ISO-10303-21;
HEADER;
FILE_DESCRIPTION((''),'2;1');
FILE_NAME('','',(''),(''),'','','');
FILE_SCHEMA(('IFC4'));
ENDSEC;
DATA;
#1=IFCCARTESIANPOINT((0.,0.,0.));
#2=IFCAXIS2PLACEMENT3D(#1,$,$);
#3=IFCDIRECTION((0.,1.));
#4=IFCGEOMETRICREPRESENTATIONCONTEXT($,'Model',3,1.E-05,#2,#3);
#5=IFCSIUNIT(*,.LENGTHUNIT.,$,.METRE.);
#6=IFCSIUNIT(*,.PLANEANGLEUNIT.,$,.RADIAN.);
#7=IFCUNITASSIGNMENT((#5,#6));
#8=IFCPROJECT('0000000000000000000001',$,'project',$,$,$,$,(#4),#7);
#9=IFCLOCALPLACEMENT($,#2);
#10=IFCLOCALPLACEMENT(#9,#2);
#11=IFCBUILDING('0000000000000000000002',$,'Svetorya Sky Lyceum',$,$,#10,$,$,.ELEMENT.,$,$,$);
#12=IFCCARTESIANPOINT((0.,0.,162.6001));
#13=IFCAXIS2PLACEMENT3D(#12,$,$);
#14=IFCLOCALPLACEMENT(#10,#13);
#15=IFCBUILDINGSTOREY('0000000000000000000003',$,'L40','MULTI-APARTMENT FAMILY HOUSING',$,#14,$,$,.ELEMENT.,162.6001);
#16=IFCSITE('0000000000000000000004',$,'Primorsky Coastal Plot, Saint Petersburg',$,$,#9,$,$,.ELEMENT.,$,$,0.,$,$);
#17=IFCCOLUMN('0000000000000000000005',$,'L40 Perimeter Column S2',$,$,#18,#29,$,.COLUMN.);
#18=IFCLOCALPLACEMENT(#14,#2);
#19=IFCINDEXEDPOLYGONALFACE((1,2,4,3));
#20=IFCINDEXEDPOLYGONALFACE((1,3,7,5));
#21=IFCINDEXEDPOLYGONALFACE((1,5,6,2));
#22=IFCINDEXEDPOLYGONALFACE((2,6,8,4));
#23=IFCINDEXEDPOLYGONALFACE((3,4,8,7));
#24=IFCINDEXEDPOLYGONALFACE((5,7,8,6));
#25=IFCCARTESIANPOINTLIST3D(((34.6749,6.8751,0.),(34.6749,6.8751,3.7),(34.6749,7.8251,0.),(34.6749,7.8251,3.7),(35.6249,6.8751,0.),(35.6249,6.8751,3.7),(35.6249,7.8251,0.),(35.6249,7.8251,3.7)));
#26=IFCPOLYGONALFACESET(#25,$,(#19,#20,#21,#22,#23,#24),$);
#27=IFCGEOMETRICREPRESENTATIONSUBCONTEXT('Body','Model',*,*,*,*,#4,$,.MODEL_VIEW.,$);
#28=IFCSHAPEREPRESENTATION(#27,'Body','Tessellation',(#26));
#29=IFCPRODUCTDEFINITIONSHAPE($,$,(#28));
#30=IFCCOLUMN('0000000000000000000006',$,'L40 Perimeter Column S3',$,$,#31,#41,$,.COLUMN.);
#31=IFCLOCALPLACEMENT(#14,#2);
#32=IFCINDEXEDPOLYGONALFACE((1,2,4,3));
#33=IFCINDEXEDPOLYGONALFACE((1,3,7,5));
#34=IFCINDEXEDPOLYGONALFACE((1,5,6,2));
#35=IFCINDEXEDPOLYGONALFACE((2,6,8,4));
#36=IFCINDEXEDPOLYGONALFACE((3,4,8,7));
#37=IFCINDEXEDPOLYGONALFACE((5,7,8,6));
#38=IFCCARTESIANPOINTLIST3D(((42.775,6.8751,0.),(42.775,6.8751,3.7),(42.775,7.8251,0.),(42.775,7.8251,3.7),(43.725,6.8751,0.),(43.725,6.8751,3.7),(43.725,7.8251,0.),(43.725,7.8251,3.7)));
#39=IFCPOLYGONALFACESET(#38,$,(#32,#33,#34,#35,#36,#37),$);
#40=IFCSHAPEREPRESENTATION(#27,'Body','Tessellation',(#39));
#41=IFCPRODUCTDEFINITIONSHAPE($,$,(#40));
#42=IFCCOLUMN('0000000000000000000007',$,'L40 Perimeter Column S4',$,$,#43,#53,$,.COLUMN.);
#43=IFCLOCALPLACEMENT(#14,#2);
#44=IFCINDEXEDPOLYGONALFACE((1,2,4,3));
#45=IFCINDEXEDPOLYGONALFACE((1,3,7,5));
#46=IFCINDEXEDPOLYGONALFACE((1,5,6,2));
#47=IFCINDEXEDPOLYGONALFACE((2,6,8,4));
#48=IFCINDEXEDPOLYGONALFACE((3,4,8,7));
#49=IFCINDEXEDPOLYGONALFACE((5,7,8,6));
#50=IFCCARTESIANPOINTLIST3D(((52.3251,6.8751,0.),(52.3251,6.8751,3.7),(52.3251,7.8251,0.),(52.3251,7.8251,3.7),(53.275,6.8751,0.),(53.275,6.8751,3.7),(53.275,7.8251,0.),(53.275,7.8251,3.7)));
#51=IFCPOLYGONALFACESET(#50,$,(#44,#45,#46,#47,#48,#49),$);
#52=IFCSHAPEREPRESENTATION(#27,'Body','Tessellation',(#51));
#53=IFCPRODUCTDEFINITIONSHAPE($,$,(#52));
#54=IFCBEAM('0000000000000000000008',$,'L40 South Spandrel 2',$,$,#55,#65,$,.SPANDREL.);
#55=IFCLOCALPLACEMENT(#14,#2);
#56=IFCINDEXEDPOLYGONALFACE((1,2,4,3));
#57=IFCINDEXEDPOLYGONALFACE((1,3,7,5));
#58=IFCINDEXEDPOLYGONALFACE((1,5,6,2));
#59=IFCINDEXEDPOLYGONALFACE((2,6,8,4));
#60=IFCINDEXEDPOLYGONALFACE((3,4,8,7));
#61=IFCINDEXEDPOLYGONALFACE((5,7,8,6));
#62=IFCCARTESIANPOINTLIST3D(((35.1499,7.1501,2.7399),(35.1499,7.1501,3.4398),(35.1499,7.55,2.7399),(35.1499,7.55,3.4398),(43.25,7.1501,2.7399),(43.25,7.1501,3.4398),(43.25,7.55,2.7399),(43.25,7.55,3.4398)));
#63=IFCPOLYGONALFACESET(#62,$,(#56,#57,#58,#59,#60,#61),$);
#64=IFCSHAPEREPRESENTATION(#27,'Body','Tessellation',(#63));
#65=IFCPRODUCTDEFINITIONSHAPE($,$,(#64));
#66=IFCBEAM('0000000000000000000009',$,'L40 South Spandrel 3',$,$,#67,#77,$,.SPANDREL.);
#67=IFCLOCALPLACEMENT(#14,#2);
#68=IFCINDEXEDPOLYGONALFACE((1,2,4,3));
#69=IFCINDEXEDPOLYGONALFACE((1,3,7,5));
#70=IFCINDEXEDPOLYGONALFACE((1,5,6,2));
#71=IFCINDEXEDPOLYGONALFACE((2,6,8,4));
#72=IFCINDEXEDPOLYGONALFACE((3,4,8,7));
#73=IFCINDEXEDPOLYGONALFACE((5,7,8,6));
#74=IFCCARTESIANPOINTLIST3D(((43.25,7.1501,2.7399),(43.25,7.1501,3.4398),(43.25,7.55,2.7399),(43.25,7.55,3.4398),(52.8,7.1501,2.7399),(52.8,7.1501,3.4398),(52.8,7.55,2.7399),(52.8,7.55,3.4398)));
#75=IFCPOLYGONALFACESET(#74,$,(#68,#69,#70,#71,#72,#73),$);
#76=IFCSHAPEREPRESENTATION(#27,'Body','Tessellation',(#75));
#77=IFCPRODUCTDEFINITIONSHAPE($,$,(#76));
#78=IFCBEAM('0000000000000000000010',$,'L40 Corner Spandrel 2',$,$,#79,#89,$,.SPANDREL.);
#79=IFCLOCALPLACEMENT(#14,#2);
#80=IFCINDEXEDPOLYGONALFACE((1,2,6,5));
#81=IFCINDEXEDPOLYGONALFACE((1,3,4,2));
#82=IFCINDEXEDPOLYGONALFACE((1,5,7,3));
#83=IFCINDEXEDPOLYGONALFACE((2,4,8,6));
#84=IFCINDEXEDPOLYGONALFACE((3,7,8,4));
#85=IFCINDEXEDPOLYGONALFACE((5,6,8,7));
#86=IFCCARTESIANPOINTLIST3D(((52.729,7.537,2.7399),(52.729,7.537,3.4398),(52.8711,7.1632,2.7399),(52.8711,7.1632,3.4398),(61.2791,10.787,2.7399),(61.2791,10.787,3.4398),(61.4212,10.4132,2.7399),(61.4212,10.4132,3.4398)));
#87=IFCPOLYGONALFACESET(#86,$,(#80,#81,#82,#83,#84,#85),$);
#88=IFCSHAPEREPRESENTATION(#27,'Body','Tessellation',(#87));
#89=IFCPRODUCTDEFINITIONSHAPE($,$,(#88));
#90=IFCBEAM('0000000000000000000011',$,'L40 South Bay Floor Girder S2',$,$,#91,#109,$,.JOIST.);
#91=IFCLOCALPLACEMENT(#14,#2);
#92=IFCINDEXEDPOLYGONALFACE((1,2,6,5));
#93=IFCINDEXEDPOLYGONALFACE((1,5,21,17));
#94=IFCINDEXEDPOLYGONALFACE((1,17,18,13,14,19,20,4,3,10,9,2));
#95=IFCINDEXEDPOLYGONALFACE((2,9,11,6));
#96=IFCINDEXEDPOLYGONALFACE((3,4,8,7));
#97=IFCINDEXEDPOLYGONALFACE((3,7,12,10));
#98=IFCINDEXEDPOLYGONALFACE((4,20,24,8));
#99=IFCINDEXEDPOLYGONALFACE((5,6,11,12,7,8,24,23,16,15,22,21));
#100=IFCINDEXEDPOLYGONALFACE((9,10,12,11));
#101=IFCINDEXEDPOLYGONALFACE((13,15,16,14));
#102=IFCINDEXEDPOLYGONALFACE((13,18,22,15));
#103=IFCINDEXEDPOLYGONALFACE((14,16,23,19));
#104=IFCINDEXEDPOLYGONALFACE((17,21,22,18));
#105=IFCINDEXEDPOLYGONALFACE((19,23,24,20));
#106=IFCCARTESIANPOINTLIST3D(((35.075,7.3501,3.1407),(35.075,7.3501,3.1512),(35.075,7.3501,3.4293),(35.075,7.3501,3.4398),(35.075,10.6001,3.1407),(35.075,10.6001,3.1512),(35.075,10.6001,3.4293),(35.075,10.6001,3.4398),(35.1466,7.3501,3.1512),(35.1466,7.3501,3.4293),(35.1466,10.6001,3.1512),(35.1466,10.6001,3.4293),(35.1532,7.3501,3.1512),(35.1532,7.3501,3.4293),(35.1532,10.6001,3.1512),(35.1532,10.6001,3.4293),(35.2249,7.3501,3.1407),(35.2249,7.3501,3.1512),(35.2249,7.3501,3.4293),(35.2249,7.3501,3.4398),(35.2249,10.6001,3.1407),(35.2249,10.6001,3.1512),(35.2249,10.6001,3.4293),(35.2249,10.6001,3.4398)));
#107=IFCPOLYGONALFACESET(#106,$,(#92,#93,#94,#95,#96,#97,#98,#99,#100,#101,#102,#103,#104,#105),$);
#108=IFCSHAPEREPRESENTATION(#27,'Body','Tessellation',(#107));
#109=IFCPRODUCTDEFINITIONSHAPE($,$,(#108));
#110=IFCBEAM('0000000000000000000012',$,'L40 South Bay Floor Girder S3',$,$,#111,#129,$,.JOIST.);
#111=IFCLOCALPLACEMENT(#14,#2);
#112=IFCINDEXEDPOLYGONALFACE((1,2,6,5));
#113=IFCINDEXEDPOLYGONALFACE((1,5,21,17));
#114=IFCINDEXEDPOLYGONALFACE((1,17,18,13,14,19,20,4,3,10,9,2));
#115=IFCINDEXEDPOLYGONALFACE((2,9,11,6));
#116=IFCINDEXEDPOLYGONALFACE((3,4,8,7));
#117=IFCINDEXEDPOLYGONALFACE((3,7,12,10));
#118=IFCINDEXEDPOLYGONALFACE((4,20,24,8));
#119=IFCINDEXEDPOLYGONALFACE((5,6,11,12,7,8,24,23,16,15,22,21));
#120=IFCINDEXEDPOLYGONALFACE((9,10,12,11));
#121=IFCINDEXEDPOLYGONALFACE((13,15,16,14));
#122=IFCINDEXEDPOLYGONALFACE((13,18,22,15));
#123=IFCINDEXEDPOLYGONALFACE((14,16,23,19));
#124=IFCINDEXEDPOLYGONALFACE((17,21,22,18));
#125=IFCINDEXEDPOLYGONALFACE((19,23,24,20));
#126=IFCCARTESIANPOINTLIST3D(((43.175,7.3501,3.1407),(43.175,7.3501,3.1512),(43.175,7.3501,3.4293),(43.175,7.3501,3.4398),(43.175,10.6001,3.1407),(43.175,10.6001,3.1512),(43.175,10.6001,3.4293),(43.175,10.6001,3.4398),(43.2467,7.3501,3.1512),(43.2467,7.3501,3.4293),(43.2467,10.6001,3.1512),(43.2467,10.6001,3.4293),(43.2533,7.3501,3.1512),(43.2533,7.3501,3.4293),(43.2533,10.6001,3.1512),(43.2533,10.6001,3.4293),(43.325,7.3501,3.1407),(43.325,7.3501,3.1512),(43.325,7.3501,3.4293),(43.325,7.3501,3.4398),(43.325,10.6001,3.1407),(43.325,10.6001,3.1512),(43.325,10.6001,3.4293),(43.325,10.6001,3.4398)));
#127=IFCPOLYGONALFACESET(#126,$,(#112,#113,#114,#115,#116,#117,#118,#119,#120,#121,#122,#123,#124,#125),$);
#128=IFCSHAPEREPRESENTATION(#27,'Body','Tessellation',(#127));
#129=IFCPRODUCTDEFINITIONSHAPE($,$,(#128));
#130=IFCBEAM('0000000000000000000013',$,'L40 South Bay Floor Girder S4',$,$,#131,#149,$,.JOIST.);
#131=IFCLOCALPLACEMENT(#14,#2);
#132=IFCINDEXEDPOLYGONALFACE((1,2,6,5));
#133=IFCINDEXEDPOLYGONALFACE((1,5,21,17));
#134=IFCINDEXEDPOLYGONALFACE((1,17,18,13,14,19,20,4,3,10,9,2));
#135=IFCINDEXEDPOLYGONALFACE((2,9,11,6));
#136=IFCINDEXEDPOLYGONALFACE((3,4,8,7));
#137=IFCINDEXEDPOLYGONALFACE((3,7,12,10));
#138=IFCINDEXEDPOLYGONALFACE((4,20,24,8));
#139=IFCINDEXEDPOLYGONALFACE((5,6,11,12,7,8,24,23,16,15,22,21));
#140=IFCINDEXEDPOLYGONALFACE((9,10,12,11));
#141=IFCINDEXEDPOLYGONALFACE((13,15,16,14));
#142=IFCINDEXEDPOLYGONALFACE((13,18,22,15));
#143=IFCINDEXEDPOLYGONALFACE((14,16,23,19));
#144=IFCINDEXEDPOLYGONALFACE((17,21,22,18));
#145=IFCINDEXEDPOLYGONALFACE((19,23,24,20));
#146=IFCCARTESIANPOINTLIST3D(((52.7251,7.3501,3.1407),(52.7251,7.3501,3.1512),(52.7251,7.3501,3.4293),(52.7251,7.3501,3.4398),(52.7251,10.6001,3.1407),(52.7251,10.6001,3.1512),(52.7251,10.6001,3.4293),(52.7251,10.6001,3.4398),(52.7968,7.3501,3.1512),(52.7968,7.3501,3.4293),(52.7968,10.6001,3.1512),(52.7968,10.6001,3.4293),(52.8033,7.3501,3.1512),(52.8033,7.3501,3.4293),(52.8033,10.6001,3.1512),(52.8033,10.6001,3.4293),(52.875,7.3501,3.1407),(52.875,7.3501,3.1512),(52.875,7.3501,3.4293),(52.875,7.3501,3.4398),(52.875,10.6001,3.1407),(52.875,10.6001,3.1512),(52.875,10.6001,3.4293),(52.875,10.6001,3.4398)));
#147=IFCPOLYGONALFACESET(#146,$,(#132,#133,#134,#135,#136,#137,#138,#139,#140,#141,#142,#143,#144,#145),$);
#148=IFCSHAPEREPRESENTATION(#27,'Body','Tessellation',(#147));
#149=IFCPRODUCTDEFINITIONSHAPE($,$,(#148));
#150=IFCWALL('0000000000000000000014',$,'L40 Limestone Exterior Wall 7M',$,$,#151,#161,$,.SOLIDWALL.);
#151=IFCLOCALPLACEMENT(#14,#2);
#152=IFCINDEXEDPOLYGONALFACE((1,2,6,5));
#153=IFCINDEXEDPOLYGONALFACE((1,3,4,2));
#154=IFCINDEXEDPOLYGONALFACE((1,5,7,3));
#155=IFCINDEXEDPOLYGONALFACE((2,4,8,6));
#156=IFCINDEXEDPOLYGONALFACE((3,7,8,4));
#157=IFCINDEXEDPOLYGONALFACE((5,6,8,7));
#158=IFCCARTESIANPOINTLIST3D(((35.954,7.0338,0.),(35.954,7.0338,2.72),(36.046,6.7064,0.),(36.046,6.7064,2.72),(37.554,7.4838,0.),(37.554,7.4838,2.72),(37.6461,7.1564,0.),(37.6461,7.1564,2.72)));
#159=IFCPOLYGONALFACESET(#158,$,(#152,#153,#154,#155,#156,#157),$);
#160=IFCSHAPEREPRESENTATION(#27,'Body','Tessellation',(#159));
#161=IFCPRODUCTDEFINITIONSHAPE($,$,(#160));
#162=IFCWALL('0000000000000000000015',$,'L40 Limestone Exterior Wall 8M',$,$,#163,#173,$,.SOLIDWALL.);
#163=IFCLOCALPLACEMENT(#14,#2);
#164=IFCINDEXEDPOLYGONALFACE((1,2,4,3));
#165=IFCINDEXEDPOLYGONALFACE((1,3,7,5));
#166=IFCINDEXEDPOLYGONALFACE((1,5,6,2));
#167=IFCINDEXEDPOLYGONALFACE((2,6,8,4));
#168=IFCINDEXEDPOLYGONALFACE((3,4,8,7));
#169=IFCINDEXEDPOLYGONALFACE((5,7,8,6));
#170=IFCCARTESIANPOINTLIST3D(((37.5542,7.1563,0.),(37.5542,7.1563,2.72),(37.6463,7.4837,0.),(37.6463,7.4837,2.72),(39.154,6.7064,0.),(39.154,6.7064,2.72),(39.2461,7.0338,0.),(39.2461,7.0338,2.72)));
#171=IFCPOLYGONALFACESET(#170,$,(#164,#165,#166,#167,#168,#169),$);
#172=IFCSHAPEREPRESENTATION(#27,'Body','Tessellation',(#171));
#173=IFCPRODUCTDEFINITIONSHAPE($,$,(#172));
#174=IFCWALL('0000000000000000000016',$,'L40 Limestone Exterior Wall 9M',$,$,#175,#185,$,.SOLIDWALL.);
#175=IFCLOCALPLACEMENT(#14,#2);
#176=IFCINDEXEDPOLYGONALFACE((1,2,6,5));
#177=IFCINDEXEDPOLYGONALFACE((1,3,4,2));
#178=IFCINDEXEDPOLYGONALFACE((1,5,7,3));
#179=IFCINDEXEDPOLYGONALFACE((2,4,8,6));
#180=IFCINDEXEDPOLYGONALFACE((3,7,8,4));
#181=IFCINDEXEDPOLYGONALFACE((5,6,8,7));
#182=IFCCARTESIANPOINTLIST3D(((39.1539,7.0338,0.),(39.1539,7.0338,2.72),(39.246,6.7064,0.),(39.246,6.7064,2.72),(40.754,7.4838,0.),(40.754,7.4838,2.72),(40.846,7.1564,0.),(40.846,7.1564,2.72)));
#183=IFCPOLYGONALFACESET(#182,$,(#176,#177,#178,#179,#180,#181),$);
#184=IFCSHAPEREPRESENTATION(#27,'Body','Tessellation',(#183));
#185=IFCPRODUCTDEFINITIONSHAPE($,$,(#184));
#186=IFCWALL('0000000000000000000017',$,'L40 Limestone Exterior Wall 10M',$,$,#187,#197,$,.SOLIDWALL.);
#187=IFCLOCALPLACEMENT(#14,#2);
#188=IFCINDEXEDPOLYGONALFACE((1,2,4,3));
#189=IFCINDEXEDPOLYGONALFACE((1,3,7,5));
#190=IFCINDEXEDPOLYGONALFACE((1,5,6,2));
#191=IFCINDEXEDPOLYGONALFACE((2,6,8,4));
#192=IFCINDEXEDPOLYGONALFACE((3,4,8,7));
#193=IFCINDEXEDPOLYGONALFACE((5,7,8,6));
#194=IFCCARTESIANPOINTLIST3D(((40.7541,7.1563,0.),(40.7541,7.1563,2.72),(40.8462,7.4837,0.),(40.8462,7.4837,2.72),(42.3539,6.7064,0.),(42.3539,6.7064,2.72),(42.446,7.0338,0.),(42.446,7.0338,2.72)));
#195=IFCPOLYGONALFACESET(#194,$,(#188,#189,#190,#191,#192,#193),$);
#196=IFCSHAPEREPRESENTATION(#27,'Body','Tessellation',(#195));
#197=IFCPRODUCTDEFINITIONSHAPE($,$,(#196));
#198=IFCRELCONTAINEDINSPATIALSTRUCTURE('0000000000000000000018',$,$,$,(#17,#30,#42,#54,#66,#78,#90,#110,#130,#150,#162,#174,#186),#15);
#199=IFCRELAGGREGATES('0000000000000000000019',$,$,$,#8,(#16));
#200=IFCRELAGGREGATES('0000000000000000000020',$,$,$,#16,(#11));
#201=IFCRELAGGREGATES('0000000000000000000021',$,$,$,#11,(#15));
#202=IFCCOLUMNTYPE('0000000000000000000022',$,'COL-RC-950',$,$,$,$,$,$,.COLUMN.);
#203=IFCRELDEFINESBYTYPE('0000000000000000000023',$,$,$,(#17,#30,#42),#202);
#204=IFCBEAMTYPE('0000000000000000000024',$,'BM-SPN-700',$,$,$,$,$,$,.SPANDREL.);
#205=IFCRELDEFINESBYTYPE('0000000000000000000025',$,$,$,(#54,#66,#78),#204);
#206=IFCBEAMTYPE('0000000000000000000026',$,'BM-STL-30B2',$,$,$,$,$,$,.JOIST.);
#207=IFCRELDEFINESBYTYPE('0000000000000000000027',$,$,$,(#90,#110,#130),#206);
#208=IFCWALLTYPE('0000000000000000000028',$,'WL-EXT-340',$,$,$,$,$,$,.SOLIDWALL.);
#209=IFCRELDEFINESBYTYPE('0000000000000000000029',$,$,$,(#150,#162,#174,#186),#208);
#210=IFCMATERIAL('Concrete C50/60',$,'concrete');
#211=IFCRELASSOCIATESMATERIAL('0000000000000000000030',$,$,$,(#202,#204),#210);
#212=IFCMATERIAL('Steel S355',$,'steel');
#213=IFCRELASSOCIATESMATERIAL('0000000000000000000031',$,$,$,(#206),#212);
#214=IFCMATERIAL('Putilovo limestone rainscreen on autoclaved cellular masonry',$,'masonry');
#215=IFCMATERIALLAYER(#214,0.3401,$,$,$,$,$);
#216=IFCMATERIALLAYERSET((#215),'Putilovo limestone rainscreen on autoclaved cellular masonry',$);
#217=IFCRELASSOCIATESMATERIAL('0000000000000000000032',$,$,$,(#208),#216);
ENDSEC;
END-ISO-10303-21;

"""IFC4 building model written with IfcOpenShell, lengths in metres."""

from ifc_helpers import new_model, si_unit, direction, frame, frame_2d, origin, origin_2d, place, context, subcontext, project, spatial, rectangle, i_section, extrude, material, layer, layer_set, material_profile, profile_set, type_object, element, save


model = new_model("IFC4")

# Units and contexts
model_context = context("Model", 3, precision=1e-05, world=origin(), true_north=direction((0.0, 1.0)))
body_context = subcontext(model_context, "Body", "Model", "MODEL_VIEW")
ifc_project = project(units=[si_unit("LENGTHUNIT", "METRE"), si_unit("PLANEANGLEUNIT", "RADIAN")], contexts=[model_context])

# Site, building, storey
site_placement = place(None, origin())
site = spatial("IfcSite", under=ifc_project, at=site_placement, Name="Primorsky Coastal Plot, Saint Petersburg", CompositionType="ELEMENT", RefElevation=0.0)
building_placement = place(site_placement, origin())
building = spatial("IfcBuilding", under=site, at=building_placement, Name="Svetorya Sky Lyceum", CompositionType="ELEMENT")
storey_placement = place(building_placement, frame((0.0, 0.0, 162.6001)))
storey = spatial("IfcBuildingStorey", under=building, at=storey_placement, Name="L40", Description="MULTI-APARTMENT FAMILY HOUSING", CompositionType="ELEMENT", Elevation=162.6001)

# Columns
ifc_material_1 = material(Name="Concrete C50/60", Category="concrete")
ifc_material_profile_1 = material_profile(ifc_material_1, rectangle(XDim=0.95, YDim=0.95, at=origin_2d()), Name="RC COL 950x950")
ifc_profile_set_1 = profile_set([ifc_material_profile_1], Name="Concrete C50/60")
column_type = type_object("IfcColumnType", Name="COL-RC-950", PredefinedType="COLUMN", material=ifc_profile_set_1)
for number, where, z_axis, x_axis, name in (
    (1, (35.1499, 7.3501, 0.0), (0.0, 0.0, 1.0), (1.0, 0.0, 0.0), "L40 Perimeter Column S2"),
    (2, (43.25, 7.3501, 0.0), (0.0, 0.0, 1.0), (1.0, 0.0, 0.0), "L40 Perimeter Column S3"),
    (3, (52.8, 7.3501, 0.0), (0.0, 0.0, 1.0), (1.0, 0.0, 0.0), "L40 Perimeter Column S4"),
):
    element("IfcColumn", number, at=place(storey_placement, frame(where, z_axis=z_axis, x_axis=x_axis)), inside=storey, type_object=column_type, Name=name, PredefinedType="COLUMN", context=body_context, shape_type="SweptSolid", body=[
        extrude(rectangle(XDim=0.95, YDim=0.95, at=origin_2d()), origin(), (0.0, 0.0, 1.0), 3.7),
    ])

# Beams
ifc_material_profile_2 = material_profile(ifc_material_1, rectangle(XDim=0.3999, YDim=0.7, at=origin_2d()), Name="RC SPANDREL 400x700")
ifc_profile_set_2 = profile_set([ifc_material_profile_2], Name="Concrete C50/60")
beam_type_1 = type_object("IfcBeamType", Name="BM-SPN-700", PredefinedType="SPANDREL", material=ifc_profile_set_2)
beam_1_placement = place(storey_placement, frame((35.1499, 7.3501, 3.0898), z_axis=(1.0, 0.0, 0.0), x_axis=(0.0, 1.0, 0.0)))
element("IfcBeam", 4, at=beam_1_placement, inside=storey, type_object=beam_type_1, Name="L40 South Spandrel 2", PredefinedType="SPANDREL", context=body_context, shape_type="SweptSolid", body=[
    extrude(rectangle(XDim=0.3999, YDim=0.7, at=origin_2d()), origin(), (0.0, 0.0, 1.0), 8.1001),
])
beam_2_placement = place(storey_placement, frame((43.25, 7.3501, 3.0898), z_axis=(1.0, 0.0, 0.0), x_axis=(0.0, 1.0, 0.0)))
element("IfcBeam", 5, at=beam_2_placement, inside=storey, type_object=beam_type_1, Name="L40 South Spandrel 3", PredefinedType="SPANDREL", context=body_context, shape_type="SweptSolid", body=[
    extrude(rectangle(XDim=0.3999, YDim=0.7, at=origin_2d()), origin(), (0.0, 0.0, 1.0), 9.55),
])
beam_3_placement = place(storey_placement, frame((52.8, 7.3501, 3.0898), z_axis=(0.934748, 0.355312, 0.0), x_axis=(-0.355312, 0.934748, 0.0)))
element("IfcBeam", 6, at=beam_3_placement, inside=storey, type_object=beam_type_1, Name="L40 Corner Spandrel 2", PredefinedType="SPANDREL", context=body_context, shape_type="SweptSolid", body=[
    extrude(rectangle(XDim=0.3999, YDim=0.7, at=origin_2d()), origin(), (0.0, 0.0, 1.0), 9.147),
])
ifc_material_2 = material(Name="Steel S355", Category="steel")
ifc_material_profile_3 = material_profile(ifc_material_2, i_section(OverallWidth=0.1499, OverallDepth=0.2991, WebThickness=0.0066, FlangeThickness=0.0105, at=origin_2d()), Name="GOST 30B2")
ifc_profile_set_3 = profile_set([ifc_material_profile_3], Name="Steel S355")
beam_type_2 = type_object("IfcBeamType", Name="BM-STL-30B2", PredefinedType="JOIST", material=ifc_profile_set_3)
for number, where, z_axis, x_axis, name in (
    (7, (35.1499, 7.3501, 3.2903), (0.0, 1.0, 0.0), (-1.0, 0.0, 0.0), "L40 South Bay Floor Girder S2"),
    (8, (43.25, 7.3501, 3.2903), (0.0, 1.0, 0.0), (-1.0, 0.0, 0.0), "L40 South Bay Floor Girder S3"),
    (9, (52.8, 7.3501, 3.2903), (0.0, 1.0, 0.0), (-1.0, 0.0, 0.0), "L40 South Bay Floor Girder S4"),
):
    element("IfcBeam", number, at=place(storey_placement, frame(where, z_axis=z_axis, x_axis=x_axis)), inside=storey, type_object=beam_type_2, Name=name, PredefinedType="JOIST", context=body_context, shape_type="SweptSolid", body=[
        extrude(i_section(OverallWidth=0.1499, OverallDepth=0.2991, WebThickness=0.0066, FlangeThickness=0.0105, at=origin_2d()), origin(), (0.0, 0.0, 1.0), 3.25),
    ])

# Walls
ifc_material_3 = material(Name="Putilovo limestone rainscreen on autoclaved cellular masonry", Category="masonry")
ifc_layer_1 = layer(ifc_material_3, 0.3401)
ifc_layer_set_1 = layer_set([ifc_layer_1], Name="Putilovo limestone rainscreen on autoclaved cellular masonry")
wall_type_1 = type_object("IfcWallType", Name="WL-EXT-340", PredefinedType="SOLIDWALL", material=ifc_layer_set_1)
wall_1_placement = place(storey_placement, frame((36.0, 6.8701, 0.0), z_axis=(0.0, 0.0, 1.0), x_axis=(0.962663, 0.270703, 0.0)))
element("IfcWall", 10, at=wall_1_placement, inside=storey, type_object=wall_type_1, Name="L40 Limestone Exterior Wall 7M", PredefinedType="SOLIDWALL", context=body_context, shape_type="SweptSolid", body=[
    extrude(rectangle(XDim=1.6621, YDim=0.3401, at=frame_2d((0.8311, 0.0))), origin(), (0.0, 0.0, 1.0), 2.72),
])
wall_2_placement = place(storey_placement, frame((37.6001, 7.3201, 0.0), z_axis=(0.0, 0.0, 1.0), x_axis=(0.962652, -0.270741, 0.0)))
element("IfcWall", 11, at=wall_2_placement, inside=storey, type_object=wall_type_1, Name="L40 Limestone Exterior Wall 8M", PredefinedType="SOLIDWALL", context=body_context, shape_type="SweptSolid", body=[
    extrude(rectangle(XDim=1.6619, YDim=0.3401, at=frame_2d((0.8311, 0.0))), origin(), (0.0, 0.0, 1.0), 2.72),
])
wall_3_placement = place(storey_placement, frame((39.2, 6.8701, 0.0), z_axis=(0.0, 0.0, 1.0), x_axis=(0.962663, 0.270703, 0.0)))
element("IfcWall", 12, at=wall_3_placement, inside=storey, type_object=wall_type_1, Name="L40 Limestone Exterior Wall 9M", PredefinedType="SOLIDWALL", context=body_context, shape_type="SweptSolid", body=[
    extrude(rectangle(XDim=1.6621, YDim=0.3401, at=frame_2d((0.8311, 0.0))), origin(), (0.0, 0.0, 1.0), 2.72),
])
wall_4_placement = place(storey_placement, frame((40.8, 7.3201, 0.0), z_axis=(0.0, 0.0, 1.0), x_axis=(0.962652, -0.270741, 0.0)))
element("IfcWall", 13, at=wall_4_placement, inside=storey, type_object=wall_type_1, Name="L40 Limestone Exterior Wall 10M", PredefinedType="SOLIDWALL", context=body_context, shape_type="SweptSolid", body=[
    extrude(rectangle(XDim=1.6619, YDim=0.3401, at=frame_2d((0.8311, 0.0))), origin(), (0.0, 0.0, 1.0), 2.72),
])

save(model, "model.ifc")
